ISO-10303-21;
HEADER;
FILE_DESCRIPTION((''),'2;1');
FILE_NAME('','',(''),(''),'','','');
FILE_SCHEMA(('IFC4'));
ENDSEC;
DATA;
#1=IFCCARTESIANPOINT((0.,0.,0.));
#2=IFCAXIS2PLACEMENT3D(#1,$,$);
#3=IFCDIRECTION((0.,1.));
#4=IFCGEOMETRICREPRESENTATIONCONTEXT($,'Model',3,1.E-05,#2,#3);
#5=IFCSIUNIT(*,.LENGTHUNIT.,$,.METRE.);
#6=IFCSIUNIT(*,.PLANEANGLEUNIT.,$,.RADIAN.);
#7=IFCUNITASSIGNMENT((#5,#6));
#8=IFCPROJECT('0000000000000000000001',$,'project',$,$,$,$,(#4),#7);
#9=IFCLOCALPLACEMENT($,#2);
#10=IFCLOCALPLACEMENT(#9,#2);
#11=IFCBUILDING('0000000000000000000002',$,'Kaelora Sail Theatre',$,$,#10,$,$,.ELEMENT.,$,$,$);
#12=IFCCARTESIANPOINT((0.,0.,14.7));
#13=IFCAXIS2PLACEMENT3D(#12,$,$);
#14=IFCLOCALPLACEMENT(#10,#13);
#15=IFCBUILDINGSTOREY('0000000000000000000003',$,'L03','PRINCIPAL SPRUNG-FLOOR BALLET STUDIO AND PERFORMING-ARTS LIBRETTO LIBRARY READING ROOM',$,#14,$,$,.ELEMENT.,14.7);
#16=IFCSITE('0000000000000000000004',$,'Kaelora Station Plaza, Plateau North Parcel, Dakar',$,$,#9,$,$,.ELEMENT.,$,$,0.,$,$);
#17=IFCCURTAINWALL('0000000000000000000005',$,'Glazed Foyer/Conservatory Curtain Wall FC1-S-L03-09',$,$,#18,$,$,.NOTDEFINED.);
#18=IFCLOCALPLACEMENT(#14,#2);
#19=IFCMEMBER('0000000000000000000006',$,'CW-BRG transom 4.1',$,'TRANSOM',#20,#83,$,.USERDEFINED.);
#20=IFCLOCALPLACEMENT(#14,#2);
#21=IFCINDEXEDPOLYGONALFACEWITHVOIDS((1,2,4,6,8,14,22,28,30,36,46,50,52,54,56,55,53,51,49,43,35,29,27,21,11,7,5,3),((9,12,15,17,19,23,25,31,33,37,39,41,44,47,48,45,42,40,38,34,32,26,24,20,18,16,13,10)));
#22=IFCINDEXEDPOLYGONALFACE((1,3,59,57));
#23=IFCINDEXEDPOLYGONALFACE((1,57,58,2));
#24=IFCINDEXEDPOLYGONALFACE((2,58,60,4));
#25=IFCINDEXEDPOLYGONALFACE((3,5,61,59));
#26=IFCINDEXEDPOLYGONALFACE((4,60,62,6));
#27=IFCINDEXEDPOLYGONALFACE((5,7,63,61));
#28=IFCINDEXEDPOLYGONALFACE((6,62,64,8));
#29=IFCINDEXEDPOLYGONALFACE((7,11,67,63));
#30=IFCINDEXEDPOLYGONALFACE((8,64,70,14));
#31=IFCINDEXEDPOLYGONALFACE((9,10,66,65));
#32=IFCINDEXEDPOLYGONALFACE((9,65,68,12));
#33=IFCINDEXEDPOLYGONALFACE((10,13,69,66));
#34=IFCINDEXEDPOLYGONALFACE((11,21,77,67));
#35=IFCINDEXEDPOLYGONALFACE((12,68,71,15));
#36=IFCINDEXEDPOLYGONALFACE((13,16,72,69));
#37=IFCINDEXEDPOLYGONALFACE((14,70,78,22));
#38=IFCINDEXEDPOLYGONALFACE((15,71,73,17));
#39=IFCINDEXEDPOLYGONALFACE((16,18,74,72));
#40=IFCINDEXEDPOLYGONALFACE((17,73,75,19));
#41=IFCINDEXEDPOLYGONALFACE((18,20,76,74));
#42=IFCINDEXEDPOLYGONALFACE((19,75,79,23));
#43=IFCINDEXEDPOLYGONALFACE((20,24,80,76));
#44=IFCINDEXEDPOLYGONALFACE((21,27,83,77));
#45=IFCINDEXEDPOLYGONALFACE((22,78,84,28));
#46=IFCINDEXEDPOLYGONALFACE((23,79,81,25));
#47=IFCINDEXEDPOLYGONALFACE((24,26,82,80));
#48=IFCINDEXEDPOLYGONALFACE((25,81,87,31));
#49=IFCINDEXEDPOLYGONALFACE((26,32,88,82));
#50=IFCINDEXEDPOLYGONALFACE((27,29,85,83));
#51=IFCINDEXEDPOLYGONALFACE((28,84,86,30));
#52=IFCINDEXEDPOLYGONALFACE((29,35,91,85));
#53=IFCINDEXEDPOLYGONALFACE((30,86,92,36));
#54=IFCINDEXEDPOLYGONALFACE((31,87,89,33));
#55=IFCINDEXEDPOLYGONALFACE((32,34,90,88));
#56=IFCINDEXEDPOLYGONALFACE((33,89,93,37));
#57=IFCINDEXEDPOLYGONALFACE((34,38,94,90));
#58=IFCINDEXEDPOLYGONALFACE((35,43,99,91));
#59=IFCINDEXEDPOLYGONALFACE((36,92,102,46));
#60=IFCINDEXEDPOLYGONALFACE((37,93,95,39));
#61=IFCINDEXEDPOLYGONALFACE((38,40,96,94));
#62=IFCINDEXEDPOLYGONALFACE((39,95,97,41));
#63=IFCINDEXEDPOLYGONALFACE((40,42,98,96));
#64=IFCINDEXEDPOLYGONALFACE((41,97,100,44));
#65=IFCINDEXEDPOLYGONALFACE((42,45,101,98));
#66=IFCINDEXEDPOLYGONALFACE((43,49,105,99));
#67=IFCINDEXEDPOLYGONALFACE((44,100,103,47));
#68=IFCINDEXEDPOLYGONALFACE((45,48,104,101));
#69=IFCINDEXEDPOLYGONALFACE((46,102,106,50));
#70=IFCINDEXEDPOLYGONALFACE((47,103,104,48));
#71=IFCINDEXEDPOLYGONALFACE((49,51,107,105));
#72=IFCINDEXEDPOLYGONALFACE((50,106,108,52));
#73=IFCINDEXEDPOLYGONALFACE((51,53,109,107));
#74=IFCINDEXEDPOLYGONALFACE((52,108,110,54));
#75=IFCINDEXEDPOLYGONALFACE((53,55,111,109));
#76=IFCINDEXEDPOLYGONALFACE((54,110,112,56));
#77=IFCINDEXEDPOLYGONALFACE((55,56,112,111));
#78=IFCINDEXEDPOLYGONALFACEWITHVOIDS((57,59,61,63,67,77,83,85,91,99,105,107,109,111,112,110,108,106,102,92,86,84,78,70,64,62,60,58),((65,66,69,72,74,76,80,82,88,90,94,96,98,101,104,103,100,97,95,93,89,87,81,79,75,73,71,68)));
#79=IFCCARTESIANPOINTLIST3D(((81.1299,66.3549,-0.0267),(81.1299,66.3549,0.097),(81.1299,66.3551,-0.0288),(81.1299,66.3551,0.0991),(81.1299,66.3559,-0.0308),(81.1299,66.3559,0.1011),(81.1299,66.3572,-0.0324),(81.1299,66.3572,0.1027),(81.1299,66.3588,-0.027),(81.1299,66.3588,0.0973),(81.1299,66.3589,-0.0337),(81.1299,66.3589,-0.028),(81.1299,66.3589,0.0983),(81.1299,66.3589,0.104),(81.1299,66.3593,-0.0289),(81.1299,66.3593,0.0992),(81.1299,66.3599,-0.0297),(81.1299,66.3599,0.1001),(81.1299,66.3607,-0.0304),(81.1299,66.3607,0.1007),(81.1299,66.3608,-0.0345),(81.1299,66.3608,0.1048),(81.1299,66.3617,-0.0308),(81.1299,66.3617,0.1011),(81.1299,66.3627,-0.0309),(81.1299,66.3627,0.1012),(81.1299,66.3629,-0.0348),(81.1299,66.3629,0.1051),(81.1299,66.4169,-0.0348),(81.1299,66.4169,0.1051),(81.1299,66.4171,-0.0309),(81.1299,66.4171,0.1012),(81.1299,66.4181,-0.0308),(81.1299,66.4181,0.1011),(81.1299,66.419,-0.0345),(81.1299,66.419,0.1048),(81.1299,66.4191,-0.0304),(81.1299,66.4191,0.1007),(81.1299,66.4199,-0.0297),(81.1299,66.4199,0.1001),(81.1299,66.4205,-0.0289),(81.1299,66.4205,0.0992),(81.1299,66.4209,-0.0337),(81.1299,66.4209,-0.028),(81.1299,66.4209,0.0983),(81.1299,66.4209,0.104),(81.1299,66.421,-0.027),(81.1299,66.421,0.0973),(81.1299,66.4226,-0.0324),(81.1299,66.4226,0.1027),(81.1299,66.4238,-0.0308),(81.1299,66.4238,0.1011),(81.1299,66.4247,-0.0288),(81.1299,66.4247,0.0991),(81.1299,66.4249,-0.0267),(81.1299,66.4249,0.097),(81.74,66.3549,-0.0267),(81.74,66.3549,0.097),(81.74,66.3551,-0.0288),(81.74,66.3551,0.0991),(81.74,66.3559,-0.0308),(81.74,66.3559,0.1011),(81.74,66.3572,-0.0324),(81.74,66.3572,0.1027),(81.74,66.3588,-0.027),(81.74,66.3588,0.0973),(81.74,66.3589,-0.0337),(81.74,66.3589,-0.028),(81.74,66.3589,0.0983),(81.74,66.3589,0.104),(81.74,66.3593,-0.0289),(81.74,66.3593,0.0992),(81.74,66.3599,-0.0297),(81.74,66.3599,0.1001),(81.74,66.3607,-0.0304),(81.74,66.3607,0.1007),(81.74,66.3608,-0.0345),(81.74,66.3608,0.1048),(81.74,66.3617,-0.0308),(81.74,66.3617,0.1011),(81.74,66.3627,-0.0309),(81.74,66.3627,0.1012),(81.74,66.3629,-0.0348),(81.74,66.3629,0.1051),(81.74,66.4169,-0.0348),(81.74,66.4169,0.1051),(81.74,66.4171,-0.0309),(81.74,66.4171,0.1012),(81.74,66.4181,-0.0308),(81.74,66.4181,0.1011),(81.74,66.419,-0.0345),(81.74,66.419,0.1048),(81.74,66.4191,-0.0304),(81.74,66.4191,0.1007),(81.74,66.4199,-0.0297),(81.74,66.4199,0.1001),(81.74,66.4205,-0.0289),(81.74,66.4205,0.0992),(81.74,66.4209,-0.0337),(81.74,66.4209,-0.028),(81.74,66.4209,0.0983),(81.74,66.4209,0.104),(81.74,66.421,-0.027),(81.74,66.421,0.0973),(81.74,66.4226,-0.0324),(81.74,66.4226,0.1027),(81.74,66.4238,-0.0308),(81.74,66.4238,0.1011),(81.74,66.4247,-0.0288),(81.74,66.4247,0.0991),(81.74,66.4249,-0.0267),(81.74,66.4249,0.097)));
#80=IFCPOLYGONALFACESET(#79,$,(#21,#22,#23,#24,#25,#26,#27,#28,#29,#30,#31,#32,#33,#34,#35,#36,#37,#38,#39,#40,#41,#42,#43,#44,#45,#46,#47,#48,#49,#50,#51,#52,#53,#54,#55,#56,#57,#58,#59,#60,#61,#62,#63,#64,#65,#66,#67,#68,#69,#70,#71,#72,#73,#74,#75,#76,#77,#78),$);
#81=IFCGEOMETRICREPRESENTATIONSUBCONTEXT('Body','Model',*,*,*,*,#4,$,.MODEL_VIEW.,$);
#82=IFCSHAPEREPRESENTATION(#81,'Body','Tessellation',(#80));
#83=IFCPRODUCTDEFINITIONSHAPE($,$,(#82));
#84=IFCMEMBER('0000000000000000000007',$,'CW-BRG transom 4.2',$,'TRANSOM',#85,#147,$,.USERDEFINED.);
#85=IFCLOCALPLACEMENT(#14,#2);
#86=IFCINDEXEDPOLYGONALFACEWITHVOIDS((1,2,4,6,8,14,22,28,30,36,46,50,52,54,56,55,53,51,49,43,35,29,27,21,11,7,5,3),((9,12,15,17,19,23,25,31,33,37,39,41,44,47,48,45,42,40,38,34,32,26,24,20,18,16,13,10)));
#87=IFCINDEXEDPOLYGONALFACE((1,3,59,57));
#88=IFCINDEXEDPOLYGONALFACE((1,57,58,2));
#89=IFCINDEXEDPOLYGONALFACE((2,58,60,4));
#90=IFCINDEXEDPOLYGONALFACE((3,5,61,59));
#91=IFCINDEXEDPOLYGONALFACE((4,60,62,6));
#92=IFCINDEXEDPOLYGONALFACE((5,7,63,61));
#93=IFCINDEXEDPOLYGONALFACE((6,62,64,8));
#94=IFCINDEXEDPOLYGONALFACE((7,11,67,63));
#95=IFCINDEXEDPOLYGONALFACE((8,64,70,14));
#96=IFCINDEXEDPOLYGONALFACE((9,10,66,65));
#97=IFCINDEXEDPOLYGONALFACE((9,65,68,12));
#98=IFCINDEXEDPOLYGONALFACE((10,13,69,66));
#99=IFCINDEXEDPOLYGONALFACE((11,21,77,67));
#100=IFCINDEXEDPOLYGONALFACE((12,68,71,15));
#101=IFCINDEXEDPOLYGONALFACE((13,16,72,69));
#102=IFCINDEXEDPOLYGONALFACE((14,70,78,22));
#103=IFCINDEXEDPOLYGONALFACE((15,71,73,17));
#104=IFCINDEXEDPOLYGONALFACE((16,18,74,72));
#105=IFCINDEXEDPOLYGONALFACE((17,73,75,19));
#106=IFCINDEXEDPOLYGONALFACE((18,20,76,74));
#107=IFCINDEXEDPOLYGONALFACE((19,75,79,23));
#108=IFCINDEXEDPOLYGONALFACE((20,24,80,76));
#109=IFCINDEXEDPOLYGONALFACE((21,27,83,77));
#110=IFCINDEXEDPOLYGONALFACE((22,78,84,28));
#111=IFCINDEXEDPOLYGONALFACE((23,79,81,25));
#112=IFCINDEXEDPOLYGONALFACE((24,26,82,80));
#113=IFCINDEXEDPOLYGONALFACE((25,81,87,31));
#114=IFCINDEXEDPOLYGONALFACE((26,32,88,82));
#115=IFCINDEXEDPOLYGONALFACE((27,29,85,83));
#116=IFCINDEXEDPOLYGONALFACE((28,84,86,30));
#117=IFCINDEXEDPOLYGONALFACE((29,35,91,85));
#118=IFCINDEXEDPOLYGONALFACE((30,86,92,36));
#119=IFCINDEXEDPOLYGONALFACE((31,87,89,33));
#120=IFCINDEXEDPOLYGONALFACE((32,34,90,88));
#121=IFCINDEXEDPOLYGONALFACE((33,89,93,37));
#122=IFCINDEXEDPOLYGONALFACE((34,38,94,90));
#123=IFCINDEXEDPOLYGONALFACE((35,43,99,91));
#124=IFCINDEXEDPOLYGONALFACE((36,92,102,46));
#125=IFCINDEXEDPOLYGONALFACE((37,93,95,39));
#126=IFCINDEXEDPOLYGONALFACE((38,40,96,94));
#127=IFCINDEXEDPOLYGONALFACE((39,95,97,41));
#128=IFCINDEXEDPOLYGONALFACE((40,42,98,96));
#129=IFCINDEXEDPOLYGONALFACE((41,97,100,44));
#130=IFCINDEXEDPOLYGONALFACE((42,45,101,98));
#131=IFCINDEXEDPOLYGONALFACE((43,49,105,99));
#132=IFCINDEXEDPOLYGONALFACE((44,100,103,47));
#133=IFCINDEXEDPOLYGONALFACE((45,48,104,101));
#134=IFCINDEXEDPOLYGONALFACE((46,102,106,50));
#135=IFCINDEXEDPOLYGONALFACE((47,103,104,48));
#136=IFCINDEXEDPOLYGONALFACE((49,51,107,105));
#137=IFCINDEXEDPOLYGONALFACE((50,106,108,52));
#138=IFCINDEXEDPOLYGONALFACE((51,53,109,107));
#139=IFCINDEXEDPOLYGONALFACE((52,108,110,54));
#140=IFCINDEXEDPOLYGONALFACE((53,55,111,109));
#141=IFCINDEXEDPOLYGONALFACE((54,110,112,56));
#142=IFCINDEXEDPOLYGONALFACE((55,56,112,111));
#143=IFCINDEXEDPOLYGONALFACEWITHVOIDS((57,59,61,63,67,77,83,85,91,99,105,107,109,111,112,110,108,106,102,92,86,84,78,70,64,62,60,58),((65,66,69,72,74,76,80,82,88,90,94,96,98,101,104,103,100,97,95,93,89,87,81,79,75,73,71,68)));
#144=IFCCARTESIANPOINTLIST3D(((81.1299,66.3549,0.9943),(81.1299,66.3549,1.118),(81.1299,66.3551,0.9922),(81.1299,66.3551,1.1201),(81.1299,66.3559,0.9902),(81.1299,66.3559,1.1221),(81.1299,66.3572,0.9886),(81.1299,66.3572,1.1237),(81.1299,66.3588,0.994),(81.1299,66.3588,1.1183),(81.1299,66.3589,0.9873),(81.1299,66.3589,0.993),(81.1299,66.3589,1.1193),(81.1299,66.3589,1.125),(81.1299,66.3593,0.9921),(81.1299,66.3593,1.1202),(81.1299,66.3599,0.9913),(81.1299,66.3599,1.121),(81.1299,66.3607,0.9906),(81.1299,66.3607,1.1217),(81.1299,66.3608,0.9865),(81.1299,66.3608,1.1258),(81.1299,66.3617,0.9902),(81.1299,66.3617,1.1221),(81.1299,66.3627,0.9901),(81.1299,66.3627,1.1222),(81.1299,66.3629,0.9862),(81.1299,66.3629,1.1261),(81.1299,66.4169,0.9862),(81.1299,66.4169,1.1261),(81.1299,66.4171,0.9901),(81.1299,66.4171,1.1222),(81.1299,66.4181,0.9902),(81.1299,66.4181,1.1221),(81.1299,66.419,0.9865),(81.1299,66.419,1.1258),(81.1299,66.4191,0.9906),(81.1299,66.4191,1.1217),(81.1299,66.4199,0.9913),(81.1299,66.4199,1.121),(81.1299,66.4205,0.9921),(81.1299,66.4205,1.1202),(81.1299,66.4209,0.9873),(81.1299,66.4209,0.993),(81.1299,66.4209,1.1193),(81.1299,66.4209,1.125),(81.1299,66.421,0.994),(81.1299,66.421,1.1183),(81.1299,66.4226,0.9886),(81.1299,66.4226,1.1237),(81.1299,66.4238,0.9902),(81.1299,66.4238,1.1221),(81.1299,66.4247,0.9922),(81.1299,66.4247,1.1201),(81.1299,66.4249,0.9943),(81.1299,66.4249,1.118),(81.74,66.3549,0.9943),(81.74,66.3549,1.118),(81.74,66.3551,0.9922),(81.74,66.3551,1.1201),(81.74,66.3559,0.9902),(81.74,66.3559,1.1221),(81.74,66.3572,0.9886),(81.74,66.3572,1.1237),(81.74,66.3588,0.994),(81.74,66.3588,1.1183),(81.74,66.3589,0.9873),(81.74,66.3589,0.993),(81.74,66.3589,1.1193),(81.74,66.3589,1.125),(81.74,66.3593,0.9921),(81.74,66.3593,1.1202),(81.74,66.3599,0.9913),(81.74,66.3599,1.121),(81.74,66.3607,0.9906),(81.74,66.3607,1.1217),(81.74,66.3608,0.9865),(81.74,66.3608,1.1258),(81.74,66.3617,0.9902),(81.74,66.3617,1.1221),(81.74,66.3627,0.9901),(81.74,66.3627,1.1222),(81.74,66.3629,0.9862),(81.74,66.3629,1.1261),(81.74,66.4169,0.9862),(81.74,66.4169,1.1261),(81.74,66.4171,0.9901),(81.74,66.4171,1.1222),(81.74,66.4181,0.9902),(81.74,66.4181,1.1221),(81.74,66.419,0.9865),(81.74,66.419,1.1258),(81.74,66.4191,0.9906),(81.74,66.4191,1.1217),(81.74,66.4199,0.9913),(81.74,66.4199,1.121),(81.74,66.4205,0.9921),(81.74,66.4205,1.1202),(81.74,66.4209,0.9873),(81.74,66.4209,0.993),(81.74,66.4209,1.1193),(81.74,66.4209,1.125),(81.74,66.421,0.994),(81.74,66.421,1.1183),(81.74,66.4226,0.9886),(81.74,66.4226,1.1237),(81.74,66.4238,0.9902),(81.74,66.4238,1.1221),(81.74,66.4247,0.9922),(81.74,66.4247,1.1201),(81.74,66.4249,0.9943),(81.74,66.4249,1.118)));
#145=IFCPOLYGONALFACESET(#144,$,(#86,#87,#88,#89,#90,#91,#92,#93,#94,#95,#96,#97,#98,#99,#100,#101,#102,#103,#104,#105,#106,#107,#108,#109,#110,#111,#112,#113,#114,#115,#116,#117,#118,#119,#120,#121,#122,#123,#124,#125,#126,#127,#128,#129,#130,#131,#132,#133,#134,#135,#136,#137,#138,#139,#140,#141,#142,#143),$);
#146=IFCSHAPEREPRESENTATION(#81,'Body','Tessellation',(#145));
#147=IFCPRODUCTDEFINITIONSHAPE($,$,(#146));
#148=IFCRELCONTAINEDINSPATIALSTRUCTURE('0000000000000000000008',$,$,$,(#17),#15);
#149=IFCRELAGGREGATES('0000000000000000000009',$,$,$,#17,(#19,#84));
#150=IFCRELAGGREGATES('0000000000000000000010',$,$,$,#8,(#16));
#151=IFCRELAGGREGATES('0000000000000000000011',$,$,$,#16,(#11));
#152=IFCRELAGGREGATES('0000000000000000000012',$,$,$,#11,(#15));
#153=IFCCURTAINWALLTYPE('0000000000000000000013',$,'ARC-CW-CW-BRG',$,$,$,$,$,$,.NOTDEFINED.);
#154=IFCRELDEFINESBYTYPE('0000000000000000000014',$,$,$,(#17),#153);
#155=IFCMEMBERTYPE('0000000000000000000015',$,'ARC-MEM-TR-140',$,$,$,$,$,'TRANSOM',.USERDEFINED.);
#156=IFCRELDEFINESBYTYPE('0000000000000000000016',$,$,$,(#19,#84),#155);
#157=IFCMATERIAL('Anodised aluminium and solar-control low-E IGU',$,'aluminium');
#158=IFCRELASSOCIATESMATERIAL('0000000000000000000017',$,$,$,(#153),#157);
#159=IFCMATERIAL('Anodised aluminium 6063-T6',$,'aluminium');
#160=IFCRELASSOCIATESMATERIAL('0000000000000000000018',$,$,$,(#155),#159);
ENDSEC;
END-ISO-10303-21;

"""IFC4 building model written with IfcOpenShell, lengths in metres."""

from ifc_helpers import new_model, si_unit, direction, frame, origin, origin_2d, place, context, subcontext, project, spatial, hollow_rectangle, extrude, material, material_profile, profile_set, type_object, element, aggregate, save


model = new_model("IFC4")

# Units and contexts
model_context = context("Model", 3, precision=1e-05, world=origin(), true_north=direction((0.0, 1.0)))
body_context = subcontext(model_context, "Body", "Model", "MODEL_VIEW")
ifc_project = project(units=[si_unit("LENGTHUNIT", "METRE"), si_unit("PLANEANGLEUNIT", "RADIAN")], contexts=[model_context])

# Site, building, storey
site_placement = place(None, origin())
site = spatial("IfcSite", under=ifc_project, at=site_placement, Name="Kaelora Station Plaza, Plateau North Parcel, Dakar", CompositionType="ELEMENT", RefElevation=0.0)
building_placement = place(site_placement, origin())
building = spatial("IfcBuilding", under=site, at=building_placement, Name="Kaelora Sail Theatre", CompositionType="ELEMENT")
storey_placement = place(building_placement, frame((0.0, 0.0, 14.7)))
storey = spatial("IfcBuildingStorey", under=building, at=storey_placement, Name="L03", Description="PRINCIPAL SPRUNG-FLOOR BALLET STUDIO AND PERFORMING-ARTS LIBRETTO LIBRARY READING ROOM", CompositionType="ELEMENT", Elevation=14.7)

# Curtain wall, members
ifc_material_1 = material(Name="Anodised aluminium and solar-control low-E IGU", Category="aluminium")
curtain_wall_type = type_object("IfcCurtainWallType", Name="ARC-CW-CW-BRG", PredefinedType="NOTDEFINED", material=ifc_material_1)
curtain_wall_placement = place(storey_placement, origin())
curtain_wall = element("IfcCurtainWall", 1, at=curtain_wall_placement, inside=storey, type_object=curtain_wall_type, Name="Glazed Foyer/Conservatory Curtain Wall FC1-S-L03-09", PredefinedType="NOTDEFINED")
ifc_material_2 = material(Name="Anodised aluminium 6063-T6", Category="aluminium")
ifc_material_profile_1 = material_profile(ifc_material_2, hollow_rectangle(XDim=0.0701, YDim=0.1399, WallThickness=0.0039, InnerFilletRadius=0.0039, OuterFilletRadius=0.0081, at=origin_2d()), Name="ALU-TRAN 70x140x4")
ifc_profile_set_1 = profile_set([ifc_material_profile_1], Name="Anodised aluminium 6063-T6")
member_type_1 = type_object("IfcMemberType", Name="ARC-MEM-TR-140", ElementType="TRANSOM", PredefinedType="USERDEFINED", material=ifc_profile_set_1)
member_1_placement = place(storey_placement, frame((81.1299, 66.3899, 0.0352), z_axis=(1.0, 0.0, 0.0), x_axis=(0.0, 1.0, 0.0)))
member_1 = element("IfcMember", 2, at=member_1_placement, type_object=member_type_1, Name="CW-BRG transom 4.1", ObjectType="TRANSOM", PredefinedType="USERDEFINED", context=body_context, shape_type="SweptSolid", body=[
    extrude(hollow_rectangle(XDim=0.0701, YDim=0.1399, WallThickness=0.0039, InnerFilletRadius=0.0039, OuterFilletRadius=0.0081, at=origin_2d()), origin(), (0.0, 0.0, 1.0), 0.6101),
])
member_2_placement = place(storey_placement, frame((81.1299, 66.3899, 1.0562), z_axis=(1.0, 0.0, 0.0), x_axis=(0.0, 1.0, 0.0)))
member_2 = element("IfcMember", 3, at=member_2_placement, type_object=member_type_1, Name="CW-BRG transom 4.2", ObjectType="TRANSOM", PredefinedType="USERDEFINED", context=body_context, shape_type="SweptSolid", body=[
    extrude(hollow_rectangle(XDim=0.0701, YDim=0.1399, WallThickness=0.0039, InnerFilletRadius=0.0039, OuterFilletRadius=0.0081, at=origin_2d()), origin(), (0.0, 0.0, 1.0), 0.6101),
])
aggregate(curtain_wall, [member_1, member_2])

save(model, "model.ifc")
